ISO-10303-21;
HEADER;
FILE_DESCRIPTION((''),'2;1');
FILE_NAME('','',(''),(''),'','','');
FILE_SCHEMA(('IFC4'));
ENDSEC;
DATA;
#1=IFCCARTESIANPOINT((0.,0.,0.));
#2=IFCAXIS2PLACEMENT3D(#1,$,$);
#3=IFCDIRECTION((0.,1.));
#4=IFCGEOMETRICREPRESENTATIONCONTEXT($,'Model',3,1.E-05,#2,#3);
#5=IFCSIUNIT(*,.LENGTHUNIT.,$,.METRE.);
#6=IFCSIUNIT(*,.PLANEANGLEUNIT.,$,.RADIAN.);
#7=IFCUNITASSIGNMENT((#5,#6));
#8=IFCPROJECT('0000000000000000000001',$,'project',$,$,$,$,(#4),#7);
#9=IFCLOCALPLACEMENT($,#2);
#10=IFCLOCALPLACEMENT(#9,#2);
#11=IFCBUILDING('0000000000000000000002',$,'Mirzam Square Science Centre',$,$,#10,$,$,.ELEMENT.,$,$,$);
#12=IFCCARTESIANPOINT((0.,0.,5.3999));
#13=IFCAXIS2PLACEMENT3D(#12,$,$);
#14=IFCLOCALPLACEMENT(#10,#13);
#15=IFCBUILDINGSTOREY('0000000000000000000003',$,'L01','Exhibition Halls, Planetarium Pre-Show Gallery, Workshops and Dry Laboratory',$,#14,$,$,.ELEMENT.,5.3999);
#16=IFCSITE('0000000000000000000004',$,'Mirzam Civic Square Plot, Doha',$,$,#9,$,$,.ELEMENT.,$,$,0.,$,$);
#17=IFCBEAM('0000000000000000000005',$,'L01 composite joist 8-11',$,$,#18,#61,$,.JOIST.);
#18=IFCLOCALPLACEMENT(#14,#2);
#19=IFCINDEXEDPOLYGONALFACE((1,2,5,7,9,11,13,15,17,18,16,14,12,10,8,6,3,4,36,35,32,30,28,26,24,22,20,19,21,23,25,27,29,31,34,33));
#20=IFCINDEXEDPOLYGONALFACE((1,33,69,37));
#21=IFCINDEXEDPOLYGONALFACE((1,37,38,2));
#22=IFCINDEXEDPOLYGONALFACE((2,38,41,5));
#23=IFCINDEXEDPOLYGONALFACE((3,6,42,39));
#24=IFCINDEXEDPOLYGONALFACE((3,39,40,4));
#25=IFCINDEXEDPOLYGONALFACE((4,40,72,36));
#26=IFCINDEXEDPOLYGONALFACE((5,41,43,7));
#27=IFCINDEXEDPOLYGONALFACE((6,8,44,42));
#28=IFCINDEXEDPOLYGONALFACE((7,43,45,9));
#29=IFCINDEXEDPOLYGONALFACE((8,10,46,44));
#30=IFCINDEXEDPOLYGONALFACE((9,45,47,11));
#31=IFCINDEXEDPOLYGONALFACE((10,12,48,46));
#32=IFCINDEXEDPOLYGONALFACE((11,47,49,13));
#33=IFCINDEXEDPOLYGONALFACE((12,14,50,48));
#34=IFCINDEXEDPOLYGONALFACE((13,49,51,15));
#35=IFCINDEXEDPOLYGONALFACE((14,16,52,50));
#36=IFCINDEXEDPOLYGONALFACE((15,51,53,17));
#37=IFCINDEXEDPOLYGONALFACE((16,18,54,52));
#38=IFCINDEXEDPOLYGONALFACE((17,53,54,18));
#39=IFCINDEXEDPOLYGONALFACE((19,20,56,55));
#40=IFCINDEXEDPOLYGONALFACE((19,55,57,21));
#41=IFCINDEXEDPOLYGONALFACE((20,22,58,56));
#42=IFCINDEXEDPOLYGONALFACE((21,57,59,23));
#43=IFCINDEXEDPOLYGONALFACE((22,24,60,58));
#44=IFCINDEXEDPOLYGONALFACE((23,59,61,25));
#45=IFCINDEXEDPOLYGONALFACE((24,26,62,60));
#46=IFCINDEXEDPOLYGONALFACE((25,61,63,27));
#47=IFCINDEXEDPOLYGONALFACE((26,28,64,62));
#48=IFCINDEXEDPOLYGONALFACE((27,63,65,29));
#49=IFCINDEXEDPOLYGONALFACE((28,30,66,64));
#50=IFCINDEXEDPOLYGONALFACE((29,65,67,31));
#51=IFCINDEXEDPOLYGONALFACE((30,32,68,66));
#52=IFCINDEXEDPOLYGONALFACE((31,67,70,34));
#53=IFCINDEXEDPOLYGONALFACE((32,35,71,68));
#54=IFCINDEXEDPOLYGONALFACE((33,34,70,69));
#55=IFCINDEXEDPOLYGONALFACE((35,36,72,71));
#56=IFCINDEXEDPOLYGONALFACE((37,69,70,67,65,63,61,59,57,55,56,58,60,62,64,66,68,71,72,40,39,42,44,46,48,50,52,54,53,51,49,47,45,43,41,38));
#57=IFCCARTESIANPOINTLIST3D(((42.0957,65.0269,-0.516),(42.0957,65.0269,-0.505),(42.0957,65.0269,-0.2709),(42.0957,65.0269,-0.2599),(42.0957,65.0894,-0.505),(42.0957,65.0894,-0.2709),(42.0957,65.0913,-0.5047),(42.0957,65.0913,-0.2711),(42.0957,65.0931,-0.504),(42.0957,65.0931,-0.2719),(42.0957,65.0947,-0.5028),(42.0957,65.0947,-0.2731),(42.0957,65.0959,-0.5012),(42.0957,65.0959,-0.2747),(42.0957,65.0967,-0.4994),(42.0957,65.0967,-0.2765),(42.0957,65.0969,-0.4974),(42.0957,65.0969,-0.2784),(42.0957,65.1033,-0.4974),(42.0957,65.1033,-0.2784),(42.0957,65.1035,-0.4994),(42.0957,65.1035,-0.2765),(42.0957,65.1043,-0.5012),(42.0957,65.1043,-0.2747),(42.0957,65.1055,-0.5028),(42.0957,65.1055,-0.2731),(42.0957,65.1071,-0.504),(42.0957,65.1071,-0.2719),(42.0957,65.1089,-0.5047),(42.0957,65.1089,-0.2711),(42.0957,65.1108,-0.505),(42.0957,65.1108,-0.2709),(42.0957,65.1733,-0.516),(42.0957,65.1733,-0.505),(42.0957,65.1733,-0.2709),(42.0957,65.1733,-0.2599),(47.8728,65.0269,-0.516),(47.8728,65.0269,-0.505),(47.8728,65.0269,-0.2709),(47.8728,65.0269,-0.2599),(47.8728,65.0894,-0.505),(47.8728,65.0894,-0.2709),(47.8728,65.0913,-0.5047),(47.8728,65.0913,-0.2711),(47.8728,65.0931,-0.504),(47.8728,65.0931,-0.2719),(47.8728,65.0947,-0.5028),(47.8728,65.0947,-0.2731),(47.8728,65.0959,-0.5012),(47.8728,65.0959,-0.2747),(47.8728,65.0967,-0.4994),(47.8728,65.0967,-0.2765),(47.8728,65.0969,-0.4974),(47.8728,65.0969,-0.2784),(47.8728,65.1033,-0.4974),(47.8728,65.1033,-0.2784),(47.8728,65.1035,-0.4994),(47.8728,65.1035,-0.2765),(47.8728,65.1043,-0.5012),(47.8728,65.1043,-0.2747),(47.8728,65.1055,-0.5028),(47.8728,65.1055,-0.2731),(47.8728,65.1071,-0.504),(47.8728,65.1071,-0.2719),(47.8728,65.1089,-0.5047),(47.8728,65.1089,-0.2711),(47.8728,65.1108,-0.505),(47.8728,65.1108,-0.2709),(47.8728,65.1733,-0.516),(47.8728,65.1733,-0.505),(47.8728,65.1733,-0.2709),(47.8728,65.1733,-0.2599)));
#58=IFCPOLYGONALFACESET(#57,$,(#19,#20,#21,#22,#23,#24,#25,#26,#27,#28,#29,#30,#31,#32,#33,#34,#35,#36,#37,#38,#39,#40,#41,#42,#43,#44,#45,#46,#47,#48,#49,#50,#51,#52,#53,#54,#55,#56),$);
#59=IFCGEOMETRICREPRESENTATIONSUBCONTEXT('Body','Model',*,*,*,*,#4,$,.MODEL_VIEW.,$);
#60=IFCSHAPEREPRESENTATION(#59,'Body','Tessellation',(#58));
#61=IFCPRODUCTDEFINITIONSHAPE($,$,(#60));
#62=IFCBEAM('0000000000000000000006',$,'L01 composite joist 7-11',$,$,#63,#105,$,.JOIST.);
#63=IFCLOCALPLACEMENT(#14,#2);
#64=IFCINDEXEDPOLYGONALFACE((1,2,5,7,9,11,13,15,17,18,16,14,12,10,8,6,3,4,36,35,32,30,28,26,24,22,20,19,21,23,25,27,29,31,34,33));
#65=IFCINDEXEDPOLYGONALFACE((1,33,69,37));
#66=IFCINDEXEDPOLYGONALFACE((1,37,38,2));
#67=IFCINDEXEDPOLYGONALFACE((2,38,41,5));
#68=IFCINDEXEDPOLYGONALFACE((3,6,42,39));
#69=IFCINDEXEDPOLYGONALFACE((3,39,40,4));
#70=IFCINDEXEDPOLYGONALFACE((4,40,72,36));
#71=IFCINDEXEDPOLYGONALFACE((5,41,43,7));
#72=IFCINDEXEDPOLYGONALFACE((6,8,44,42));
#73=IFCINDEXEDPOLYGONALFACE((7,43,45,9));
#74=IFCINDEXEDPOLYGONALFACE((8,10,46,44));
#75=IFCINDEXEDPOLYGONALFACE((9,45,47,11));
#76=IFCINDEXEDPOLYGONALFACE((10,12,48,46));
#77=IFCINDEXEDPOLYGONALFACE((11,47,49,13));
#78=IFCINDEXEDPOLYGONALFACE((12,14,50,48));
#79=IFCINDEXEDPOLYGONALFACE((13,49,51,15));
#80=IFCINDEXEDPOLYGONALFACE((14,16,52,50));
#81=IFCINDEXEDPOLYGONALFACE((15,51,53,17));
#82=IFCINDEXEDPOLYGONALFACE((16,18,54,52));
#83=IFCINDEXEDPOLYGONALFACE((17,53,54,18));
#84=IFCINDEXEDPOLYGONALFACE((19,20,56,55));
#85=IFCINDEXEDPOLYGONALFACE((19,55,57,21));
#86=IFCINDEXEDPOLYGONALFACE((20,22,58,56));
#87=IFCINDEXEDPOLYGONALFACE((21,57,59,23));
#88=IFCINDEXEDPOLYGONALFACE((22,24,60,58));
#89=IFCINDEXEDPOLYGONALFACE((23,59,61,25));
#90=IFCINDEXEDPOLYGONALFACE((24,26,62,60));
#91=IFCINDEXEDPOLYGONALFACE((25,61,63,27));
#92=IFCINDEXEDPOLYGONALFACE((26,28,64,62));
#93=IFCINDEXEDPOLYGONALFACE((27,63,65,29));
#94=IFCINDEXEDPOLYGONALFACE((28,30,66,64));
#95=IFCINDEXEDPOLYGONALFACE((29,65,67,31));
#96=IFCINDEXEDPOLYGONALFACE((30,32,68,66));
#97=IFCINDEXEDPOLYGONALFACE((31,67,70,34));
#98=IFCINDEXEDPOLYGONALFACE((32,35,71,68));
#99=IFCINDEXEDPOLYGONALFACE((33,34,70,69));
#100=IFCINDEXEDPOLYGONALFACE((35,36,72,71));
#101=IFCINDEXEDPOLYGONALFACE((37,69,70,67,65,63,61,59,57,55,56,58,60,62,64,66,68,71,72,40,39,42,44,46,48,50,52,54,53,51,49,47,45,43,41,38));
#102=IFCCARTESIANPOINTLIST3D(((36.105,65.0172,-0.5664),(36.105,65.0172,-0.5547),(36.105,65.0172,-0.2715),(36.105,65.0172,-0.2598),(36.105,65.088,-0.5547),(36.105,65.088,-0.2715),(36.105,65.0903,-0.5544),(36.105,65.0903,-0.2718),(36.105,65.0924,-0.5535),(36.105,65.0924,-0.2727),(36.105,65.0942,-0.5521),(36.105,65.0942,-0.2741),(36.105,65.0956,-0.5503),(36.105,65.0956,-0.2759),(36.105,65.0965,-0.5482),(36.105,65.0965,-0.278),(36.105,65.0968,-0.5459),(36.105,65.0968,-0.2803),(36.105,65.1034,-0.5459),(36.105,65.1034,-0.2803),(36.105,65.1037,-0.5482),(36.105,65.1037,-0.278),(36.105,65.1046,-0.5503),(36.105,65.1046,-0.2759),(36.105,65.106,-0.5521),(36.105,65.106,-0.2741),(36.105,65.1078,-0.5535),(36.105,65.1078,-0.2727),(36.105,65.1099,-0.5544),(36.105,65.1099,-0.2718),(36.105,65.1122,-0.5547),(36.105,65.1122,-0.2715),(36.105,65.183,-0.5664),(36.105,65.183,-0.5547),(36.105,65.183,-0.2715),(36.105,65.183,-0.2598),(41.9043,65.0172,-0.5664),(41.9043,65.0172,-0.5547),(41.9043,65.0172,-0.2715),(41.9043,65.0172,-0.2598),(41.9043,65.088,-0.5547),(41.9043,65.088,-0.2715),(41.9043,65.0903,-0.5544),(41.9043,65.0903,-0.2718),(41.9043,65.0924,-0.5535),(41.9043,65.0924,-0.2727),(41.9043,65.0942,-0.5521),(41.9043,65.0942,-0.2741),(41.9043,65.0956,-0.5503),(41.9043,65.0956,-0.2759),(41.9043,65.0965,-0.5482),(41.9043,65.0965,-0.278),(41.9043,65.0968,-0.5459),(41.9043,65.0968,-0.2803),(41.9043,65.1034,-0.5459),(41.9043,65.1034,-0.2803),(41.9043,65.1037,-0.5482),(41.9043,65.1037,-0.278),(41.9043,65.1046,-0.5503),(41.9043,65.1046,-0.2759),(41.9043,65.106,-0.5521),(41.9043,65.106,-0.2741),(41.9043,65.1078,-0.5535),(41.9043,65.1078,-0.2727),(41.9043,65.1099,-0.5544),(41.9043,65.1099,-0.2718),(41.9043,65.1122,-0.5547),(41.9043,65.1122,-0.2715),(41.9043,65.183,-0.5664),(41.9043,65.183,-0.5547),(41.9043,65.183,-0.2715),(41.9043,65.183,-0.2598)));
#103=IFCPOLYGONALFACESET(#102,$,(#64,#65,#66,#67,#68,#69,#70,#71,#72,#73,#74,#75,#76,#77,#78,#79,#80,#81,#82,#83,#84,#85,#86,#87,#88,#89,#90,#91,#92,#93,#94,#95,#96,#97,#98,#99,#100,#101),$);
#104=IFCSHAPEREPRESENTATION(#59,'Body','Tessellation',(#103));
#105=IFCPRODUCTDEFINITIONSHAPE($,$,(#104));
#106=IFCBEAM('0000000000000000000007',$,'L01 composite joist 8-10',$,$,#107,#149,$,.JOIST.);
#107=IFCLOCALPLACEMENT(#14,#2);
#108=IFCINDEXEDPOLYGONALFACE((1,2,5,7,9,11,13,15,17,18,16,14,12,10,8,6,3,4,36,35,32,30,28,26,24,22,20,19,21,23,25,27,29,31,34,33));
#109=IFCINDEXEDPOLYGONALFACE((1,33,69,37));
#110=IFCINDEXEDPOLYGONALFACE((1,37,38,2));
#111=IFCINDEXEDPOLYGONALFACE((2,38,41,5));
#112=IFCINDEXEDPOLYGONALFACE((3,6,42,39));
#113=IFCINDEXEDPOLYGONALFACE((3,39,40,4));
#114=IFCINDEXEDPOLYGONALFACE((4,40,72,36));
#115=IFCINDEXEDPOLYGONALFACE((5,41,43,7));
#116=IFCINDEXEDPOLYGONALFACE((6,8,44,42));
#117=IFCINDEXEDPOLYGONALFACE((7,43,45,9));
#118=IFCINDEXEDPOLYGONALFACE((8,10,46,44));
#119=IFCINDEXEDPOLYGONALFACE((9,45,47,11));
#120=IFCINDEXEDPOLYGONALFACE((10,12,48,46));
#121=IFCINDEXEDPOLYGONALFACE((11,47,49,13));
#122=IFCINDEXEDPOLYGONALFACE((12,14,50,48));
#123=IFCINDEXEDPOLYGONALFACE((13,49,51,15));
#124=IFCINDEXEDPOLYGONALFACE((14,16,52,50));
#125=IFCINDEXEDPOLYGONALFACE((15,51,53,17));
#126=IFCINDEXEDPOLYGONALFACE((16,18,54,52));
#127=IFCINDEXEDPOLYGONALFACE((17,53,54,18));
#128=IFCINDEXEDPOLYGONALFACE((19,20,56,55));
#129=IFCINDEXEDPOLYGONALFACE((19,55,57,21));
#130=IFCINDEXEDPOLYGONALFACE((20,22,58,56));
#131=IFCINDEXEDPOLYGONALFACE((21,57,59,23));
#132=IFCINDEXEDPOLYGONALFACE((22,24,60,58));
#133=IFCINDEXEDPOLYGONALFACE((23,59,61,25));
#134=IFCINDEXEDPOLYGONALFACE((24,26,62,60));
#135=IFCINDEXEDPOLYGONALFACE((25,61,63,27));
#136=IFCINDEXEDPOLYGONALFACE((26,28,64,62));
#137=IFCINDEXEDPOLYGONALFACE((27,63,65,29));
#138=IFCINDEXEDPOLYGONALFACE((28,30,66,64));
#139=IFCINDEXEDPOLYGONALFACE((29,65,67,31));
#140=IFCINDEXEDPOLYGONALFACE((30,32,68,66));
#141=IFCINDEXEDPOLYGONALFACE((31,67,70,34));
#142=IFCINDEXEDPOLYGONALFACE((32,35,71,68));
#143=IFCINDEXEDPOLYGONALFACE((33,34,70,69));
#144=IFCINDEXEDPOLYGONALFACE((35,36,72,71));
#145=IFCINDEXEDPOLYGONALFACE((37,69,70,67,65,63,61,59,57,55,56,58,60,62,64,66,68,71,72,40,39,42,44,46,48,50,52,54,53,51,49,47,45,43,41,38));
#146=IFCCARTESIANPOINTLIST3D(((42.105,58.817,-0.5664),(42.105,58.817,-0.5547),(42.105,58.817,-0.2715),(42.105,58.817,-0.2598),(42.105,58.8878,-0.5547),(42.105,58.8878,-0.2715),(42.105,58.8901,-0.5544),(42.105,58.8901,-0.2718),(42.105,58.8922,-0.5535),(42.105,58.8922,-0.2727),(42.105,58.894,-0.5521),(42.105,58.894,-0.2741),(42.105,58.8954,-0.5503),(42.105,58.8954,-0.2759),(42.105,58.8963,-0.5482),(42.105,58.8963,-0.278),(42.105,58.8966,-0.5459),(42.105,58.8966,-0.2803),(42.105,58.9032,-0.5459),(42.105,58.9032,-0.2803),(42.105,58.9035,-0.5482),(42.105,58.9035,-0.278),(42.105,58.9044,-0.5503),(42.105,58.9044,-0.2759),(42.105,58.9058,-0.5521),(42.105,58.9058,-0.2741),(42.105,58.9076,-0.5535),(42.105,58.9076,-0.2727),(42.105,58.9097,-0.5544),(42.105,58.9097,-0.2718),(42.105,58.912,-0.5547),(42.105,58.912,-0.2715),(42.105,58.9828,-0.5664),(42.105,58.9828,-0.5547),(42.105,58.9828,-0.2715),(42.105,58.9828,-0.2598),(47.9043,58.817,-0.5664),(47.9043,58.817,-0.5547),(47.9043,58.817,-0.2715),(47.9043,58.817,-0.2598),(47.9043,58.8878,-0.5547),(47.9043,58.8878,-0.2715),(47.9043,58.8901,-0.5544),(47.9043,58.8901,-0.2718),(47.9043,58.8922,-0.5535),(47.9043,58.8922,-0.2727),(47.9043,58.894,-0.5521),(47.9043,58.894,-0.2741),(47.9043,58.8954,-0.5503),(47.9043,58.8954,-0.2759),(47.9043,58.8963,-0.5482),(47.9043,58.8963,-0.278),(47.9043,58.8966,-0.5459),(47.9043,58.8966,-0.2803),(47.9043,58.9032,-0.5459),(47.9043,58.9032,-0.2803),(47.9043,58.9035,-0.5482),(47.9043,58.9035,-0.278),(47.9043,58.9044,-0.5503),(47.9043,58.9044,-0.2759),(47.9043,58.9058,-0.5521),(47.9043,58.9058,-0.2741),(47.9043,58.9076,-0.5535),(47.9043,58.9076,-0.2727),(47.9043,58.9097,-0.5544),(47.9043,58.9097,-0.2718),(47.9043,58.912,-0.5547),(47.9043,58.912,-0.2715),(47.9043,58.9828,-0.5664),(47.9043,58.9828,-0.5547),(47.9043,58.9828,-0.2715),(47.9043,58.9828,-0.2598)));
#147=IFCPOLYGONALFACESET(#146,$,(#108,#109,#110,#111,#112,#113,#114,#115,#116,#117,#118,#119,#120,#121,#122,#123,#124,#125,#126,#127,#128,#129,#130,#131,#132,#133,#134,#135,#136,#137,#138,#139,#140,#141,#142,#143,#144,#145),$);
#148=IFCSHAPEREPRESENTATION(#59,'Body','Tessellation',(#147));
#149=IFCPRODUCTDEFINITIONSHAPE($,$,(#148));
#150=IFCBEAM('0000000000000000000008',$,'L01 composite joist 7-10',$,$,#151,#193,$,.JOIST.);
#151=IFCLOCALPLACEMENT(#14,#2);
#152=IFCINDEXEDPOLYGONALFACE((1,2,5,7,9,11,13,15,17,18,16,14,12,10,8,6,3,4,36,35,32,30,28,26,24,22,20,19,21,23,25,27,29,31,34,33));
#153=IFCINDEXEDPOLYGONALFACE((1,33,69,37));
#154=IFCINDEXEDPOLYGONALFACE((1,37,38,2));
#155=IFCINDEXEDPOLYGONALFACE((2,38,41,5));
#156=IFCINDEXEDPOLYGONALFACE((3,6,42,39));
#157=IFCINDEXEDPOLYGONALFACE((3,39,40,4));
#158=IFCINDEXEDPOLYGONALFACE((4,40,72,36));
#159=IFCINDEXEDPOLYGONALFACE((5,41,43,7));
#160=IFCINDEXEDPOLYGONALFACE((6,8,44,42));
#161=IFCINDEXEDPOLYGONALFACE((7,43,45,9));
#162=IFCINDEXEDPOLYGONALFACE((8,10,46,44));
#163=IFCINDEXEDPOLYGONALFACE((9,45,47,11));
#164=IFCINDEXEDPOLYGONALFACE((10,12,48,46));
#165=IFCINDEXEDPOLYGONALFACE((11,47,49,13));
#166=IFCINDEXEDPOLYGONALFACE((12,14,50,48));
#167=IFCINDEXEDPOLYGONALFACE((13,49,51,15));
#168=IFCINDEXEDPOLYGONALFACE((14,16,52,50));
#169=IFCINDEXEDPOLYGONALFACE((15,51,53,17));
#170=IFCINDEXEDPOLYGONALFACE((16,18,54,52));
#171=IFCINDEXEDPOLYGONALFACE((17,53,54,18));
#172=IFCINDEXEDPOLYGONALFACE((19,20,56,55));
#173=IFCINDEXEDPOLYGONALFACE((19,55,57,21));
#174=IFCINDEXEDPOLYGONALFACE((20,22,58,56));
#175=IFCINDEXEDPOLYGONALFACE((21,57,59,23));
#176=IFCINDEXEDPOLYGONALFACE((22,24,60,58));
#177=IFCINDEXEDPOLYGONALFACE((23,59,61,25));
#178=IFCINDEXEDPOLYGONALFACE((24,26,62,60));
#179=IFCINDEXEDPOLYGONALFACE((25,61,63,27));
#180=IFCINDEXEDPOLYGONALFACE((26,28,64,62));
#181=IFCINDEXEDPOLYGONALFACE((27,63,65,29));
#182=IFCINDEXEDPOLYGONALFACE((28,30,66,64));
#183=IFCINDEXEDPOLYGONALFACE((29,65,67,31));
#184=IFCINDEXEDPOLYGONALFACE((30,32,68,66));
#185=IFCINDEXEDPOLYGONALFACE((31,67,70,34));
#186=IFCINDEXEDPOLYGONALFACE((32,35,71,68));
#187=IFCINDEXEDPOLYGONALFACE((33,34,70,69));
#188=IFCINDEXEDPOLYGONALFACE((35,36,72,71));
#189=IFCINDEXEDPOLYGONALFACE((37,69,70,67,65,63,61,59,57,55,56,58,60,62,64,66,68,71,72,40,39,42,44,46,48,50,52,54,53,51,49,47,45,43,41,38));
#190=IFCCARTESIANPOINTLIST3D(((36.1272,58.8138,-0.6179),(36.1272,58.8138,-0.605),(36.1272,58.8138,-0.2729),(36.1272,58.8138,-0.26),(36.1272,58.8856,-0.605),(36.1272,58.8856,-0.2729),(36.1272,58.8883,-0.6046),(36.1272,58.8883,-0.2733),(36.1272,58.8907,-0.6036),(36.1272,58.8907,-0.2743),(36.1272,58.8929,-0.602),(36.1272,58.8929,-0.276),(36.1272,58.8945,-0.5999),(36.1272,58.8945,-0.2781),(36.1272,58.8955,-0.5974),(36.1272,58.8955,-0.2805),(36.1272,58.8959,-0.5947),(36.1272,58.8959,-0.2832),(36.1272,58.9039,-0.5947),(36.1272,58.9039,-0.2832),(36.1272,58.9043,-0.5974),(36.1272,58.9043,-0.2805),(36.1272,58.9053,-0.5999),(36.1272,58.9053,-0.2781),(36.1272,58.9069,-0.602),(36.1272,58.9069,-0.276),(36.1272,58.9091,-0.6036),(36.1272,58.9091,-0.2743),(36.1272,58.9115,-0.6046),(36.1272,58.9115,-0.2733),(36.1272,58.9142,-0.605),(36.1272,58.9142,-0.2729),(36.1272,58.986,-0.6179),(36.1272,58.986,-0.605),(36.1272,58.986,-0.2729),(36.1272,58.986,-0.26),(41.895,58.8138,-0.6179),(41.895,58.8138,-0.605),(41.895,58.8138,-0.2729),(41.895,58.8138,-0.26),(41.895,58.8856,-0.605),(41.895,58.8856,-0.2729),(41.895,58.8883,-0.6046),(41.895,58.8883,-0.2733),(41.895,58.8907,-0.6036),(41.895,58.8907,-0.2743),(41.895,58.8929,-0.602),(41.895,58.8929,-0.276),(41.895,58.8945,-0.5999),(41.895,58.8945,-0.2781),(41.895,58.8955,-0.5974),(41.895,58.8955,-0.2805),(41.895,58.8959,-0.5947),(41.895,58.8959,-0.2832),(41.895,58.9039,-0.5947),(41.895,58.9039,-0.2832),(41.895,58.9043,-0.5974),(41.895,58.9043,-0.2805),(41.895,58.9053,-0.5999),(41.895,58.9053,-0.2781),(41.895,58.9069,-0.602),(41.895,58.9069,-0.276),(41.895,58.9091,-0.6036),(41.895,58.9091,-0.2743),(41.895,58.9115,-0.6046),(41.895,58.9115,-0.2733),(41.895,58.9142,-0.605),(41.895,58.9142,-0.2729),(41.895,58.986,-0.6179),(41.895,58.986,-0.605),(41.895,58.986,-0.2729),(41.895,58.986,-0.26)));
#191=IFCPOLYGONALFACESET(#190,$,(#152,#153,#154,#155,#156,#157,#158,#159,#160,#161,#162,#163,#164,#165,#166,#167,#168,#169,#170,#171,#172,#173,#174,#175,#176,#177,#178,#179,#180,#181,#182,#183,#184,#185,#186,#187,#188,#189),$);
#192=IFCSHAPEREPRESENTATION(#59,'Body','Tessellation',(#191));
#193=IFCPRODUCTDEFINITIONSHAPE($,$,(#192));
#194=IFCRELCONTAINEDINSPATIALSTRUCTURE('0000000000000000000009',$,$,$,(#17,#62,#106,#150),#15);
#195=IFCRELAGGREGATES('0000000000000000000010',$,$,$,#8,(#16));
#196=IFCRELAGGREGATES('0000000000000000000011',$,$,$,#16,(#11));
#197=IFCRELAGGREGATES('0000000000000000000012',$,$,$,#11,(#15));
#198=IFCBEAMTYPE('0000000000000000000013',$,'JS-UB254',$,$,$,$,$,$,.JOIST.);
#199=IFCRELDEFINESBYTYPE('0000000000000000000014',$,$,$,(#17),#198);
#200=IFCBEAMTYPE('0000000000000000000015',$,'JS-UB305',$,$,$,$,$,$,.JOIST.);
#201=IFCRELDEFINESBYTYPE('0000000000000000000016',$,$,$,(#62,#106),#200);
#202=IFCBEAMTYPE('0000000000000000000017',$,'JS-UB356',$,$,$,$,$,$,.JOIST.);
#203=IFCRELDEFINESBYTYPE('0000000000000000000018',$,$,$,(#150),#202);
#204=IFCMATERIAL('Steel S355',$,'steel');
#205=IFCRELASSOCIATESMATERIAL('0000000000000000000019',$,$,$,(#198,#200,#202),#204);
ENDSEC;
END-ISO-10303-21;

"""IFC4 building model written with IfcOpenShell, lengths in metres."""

from ifc_helpers import new_model, si_unit, direction, frame, origin, origin_2d, place, context, subcontext, project, spatial, i_section, extrude, material, material_profile, profile_set, type_object, element, save


model = new_model("IFC4")

# Units and contexts
model_context = context("Model", 3, precision=1e-05, world=origin(), true_north=direction((0.0, 1.0)))
body_context = subcontext(model_context, "Body", "Model", "MODEL_VIEW")
ifc_project = project(units=[si_unit("LENGTHUNIT", "METRE"), si_unit("PLANEANGLEUNIT", "RADIAN")], contexts=[model_context])

# Site, building, storey
site_placement = place(None, origin())
site = spatial("IfcSite", under=ifc_project, at=site_placement, Name="Mirzam Civic Square Plot, Doha", CompositionType="ELEMENT", RefElevation=0.0)
building_placement = place(site_placement, origin())
building = spatial("IfcBuilding", under=site, at=building_placement, Name="Mirzam Square Science Centre", CompositionType="ELEMENT")
storey_placement = place(building_placement, frame((0.0, 0.0, 5.3999)))
storey = spatial("IfcBuildingStorey", under=building, at=storey_placement, Name="L01", Description="Exhibition Halls, Planetarium Pre-Show Gallery, Workshops and Dry Laboratory", CompositionType="ELEMENT", Elevation=5.3999)

# Shared definitions
ifc_material_1 = material(Name="Steel S355", Category="steel")

# Beams
ifc_material_profile_1 = material_profile(ifc_material_1, i_section(OverallWidth=0.1465, OverallDepth=0.2561, WebThickness=0.0063, FlangeThickness=0.011, FilletRadius=0.0076, at=origin_2d()), Name="254x146x37UB")
ifc_profile_set_1 = profile_set([ifc_material_profile_1], Name="Steel S355")
beam_type_1 = type_object("IfcBeamType", Name="JS-UB254", PredefinedType="JOIST", material=ifc_profile_set_1)
for number, where, z_axis, x_axis, name in (
    (1, (42.0957, 65.1001, -0.3879), (1.0, 0.0, 0.0), (0.0, 1.0, 0.0), "L01 composite joist 8-11"),
):
    element("IfcBeam", number, at=place(storey_placement, frame(where, z_axis=z_axis, x_axis=x_axis)), inside=storey, type_object=beam_type_1, Name=name, PredefinedType="JOIST", context=body_context, shape_type="SweptSolid", body=[
        extrude(i_section(OverallWidth=0.1465, OverallDepth=0.2561, WebThickness=0.0063, FlangeThickness=0.011, FilletRadius=0.0076, at=origin_2d()), origin(), (0.0, 0.0, 1.0), 5.7771),
    ])
ifc_material_profile_2 = material_profile(ifc_material_1, i_section(OverallWidth=0.1658, OverallDepth=0.3066, WebThickness=0.0066, FlangeThickness=0.0117, FilletRadius=0.0088, at=origin_2d()), Name="305x165x46UB")
ifc_profile_set_2 = profile_set([ifc_material_profile_2], Name="Steel S355")
beam_type_2 = type_object("IfcBeamType", Name="JS-UB305", PredefinedType="JOIST", material=ifc_profile_set_2)
for number, where, z_axis, x_axis, name in (
    (2, (36.105, 65.1001, -0.4131), (1.0, 0.0, 0.0), (0.0, 1.0, 0.0), "L01 composite joist 7-11"),
    (3, (42.105, 58.8999, -0.4131), (1.0, 0.0, 0.0), (0.0, 1.0, 0.0), "L01 composite joist 8-10"),
):
    element("IfcBeam", number, at=place(storey_placement, frame(where, z_axis=z_axis, x_axis=x_axis)), inside=storey, type_object=beam_type_2, Name=name, PredefinedType="JOIST", context=body_context, shape_type="SweptSolid", body=[
        extrude(i_section(OverallWidth=0.1658, OverallDepth=0.3066, WebThickness=0.0066, FlangeThickness=0.0117, FilletRadius=0.0088, at=origin_2d()), origin(), (0.0, 0.0, 1.0), 5.7993),
    ])
ifc_material_profile_3 = material_profile(ifc_material_1, i_section(OverallWidth=0.1721, OverallDepth=0.3579, WebThickness=0.0081, FlangeThickness=0.0129, FilletRadius=0.0103, at=origin_2d()), Name="356x171x57UB")
ifc_profile_set_3 = profile_set([ifc_material_profile_3], Name="Steel S355")
beam_type_3 = type_object("IfcBeamType", Name="JS-UB356", PredefinedType="JOIST", material=ifc_profile_set_3)
beam_1_placement = place(storey_placement, frame((36.1272, 58.8999, -0.439), z_axis=(1.0, 0.0, 0.0), x_axis=(0.0, 1.0, 0.0)))
element("IfcBeam", 4, at=beam_1_placement, inside=storey, type_object=beam_type_3, Name="L01 composite joist 7-10", PredefinedType="JOIST", context=body_context, shape_type="SweptSolid", body=[
    extrude(i_section(OverallWidth=0.1721, OverallDepth=0.3579, WebThickness=0.0081, FlangeThickness=0.0129, FilletRadius=0.0103, at=origin_2d()), origin(), (0.0, 0.0, 1.0), 5.7678),
])

save(model, "model.ifc")
